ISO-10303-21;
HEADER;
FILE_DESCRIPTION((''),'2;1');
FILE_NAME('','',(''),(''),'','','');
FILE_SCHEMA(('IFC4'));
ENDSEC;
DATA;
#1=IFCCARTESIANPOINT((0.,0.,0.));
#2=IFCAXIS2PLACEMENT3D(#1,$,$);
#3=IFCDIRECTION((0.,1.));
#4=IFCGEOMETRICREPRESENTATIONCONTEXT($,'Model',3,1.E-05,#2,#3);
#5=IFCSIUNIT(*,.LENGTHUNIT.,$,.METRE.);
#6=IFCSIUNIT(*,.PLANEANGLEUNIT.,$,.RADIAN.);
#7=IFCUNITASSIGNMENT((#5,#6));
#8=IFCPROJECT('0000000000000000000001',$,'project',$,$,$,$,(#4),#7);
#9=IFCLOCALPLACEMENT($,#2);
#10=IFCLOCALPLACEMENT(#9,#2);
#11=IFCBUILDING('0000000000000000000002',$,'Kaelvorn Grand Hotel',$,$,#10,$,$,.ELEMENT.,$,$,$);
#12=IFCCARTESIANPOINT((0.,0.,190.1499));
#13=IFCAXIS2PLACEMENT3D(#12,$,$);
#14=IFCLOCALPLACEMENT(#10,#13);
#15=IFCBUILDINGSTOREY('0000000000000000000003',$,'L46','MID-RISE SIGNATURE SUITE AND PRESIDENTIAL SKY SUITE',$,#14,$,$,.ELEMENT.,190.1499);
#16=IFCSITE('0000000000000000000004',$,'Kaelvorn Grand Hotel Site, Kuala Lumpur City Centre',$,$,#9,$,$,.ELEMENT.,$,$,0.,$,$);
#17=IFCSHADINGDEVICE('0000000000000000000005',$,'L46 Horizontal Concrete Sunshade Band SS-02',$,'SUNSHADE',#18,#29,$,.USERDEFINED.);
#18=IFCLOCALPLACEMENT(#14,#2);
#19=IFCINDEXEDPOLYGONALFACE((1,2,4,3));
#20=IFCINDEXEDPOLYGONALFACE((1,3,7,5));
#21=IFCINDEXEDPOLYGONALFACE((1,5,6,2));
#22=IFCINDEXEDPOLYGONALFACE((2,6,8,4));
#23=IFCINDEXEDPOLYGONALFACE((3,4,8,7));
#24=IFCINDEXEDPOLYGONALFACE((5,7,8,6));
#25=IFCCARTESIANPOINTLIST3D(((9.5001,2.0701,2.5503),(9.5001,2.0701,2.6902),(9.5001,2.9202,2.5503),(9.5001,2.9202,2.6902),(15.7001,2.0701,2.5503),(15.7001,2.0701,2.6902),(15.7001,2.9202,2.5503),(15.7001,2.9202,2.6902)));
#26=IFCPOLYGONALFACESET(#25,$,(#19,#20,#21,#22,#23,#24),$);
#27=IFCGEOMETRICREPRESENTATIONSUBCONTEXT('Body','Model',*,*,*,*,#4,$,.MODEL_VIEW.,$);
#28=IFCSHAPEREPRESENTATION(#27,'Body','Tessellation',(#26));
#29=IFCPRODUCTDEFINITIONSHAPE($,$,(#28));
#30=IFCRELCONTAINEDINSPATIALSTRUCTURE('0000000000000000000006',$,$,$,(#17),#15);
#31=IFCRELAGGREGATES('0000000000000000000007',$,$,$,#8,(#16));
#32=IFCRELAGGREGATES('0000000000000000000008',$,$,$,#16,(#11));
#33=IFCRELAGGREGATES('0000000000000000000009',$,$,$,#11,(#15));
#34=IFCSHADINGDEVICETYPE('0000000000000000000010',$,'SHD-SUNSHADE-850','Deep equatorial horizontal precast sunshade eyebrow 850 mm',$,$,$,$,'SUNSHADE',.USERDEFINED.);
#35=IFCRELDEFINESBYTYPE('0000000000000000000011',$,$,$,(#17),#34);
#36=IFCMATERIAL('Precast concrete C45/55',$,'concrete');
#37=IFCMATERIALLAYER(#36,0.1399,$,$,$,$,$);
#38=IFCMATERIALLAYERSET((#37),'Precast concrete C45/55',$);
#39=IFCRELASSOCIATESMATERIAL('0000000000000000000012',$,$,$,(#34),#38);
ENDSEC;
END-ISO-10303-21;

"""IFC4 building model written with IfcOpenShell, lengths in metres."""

from ifc_helpers import new_model, si_unit, direction, frame, origin, origin_2d, place, context, subcontext, project, spatial, rectangle, extrude, material, layer, layer_set, type_object, element, save


model = new_model("IFC4")

# Units and contexts
model_context = context("Model", 3, precision=1e-05, world=origin(), true_north=direction((0.0, 1.0)))
body_context = subcontext(model_context, "Body", "Model", "MODEL_VIEW")
ifc_project = project(units=[si_unit("LENGTHUNIT", "METRE"), si_unit("PLANEANGLEUNIT", "RADIAN")], contexts=[model_context])

# Site, building, storey
site_placement = place(None, origin())
site = spatial("IfcSite", under=ifc_project, at=site_placement, Name="Kaelvorn Grand Hotel Site, Kuala Lumpur City Centre", CompositionType="ELEMENT", RefElevation=0.0)
building_placement = place(site_placement, origin())
building = spatial("IfcBuilding", under=site, at=building_placement, Name="Kaelvorn Grand Hotel", CompositionType="ELEMENT")
storey_placement = place(building_placement, frame((0.0, 0.0, 190.1499)))
storey = spatial("IfcBuildingStorey", under=building, at=storey_placement, Name="L46", Description="MID-RISE SIGNATURE SUITE AND PRESIDENTIAL SKY SUITE", CompositionType="ELEMENT", Elevation=190.1499)

# Shading device
ifc_material_1 = material(Name="Precast concrete C45/55", Category="concrete")
ifc_layer_1 = layer(ifc_material_1, 0.1399)
ifc_layer_set_1 = layer_set([ifc_layer_1], Name="Precast concrete C45/55")
shading_device_type = type_object("IfcShadingDeviceType", Name="SHD-SUNSHADE-850", Description="Deep equatorial horizontal precast sunshade eyebrow 850 mm", ElementType="SUNSHADE", PredefinedType="USERDEFINED", material=ifc_layer_set_1)
shading_device_placement = place(storey_placement, frame((12.6001, 2.4951, 2.5503), z_axis=(0.0, 0.0, 1.0), x_axis=(1.0, 0.0, 0.0)))
element("IfcShadingDevice", 1, at=shading_device_placement, inside=storey, type_object=shading_device_type, Name="L46 Horizontal Concrete Sunshade Band SS-02", ObjectType="SUNSHADE", PredefinedType="USERDEFINED", context=body_context, shape_type="SweptSolid", body=[
    extrude(rectangle(XDim=6.2, YDim=0.8501, at=origin_2d()), origin(), (0.0, 0.0, 1.0), 0.1399),
])

save(model, "model.ifc")
